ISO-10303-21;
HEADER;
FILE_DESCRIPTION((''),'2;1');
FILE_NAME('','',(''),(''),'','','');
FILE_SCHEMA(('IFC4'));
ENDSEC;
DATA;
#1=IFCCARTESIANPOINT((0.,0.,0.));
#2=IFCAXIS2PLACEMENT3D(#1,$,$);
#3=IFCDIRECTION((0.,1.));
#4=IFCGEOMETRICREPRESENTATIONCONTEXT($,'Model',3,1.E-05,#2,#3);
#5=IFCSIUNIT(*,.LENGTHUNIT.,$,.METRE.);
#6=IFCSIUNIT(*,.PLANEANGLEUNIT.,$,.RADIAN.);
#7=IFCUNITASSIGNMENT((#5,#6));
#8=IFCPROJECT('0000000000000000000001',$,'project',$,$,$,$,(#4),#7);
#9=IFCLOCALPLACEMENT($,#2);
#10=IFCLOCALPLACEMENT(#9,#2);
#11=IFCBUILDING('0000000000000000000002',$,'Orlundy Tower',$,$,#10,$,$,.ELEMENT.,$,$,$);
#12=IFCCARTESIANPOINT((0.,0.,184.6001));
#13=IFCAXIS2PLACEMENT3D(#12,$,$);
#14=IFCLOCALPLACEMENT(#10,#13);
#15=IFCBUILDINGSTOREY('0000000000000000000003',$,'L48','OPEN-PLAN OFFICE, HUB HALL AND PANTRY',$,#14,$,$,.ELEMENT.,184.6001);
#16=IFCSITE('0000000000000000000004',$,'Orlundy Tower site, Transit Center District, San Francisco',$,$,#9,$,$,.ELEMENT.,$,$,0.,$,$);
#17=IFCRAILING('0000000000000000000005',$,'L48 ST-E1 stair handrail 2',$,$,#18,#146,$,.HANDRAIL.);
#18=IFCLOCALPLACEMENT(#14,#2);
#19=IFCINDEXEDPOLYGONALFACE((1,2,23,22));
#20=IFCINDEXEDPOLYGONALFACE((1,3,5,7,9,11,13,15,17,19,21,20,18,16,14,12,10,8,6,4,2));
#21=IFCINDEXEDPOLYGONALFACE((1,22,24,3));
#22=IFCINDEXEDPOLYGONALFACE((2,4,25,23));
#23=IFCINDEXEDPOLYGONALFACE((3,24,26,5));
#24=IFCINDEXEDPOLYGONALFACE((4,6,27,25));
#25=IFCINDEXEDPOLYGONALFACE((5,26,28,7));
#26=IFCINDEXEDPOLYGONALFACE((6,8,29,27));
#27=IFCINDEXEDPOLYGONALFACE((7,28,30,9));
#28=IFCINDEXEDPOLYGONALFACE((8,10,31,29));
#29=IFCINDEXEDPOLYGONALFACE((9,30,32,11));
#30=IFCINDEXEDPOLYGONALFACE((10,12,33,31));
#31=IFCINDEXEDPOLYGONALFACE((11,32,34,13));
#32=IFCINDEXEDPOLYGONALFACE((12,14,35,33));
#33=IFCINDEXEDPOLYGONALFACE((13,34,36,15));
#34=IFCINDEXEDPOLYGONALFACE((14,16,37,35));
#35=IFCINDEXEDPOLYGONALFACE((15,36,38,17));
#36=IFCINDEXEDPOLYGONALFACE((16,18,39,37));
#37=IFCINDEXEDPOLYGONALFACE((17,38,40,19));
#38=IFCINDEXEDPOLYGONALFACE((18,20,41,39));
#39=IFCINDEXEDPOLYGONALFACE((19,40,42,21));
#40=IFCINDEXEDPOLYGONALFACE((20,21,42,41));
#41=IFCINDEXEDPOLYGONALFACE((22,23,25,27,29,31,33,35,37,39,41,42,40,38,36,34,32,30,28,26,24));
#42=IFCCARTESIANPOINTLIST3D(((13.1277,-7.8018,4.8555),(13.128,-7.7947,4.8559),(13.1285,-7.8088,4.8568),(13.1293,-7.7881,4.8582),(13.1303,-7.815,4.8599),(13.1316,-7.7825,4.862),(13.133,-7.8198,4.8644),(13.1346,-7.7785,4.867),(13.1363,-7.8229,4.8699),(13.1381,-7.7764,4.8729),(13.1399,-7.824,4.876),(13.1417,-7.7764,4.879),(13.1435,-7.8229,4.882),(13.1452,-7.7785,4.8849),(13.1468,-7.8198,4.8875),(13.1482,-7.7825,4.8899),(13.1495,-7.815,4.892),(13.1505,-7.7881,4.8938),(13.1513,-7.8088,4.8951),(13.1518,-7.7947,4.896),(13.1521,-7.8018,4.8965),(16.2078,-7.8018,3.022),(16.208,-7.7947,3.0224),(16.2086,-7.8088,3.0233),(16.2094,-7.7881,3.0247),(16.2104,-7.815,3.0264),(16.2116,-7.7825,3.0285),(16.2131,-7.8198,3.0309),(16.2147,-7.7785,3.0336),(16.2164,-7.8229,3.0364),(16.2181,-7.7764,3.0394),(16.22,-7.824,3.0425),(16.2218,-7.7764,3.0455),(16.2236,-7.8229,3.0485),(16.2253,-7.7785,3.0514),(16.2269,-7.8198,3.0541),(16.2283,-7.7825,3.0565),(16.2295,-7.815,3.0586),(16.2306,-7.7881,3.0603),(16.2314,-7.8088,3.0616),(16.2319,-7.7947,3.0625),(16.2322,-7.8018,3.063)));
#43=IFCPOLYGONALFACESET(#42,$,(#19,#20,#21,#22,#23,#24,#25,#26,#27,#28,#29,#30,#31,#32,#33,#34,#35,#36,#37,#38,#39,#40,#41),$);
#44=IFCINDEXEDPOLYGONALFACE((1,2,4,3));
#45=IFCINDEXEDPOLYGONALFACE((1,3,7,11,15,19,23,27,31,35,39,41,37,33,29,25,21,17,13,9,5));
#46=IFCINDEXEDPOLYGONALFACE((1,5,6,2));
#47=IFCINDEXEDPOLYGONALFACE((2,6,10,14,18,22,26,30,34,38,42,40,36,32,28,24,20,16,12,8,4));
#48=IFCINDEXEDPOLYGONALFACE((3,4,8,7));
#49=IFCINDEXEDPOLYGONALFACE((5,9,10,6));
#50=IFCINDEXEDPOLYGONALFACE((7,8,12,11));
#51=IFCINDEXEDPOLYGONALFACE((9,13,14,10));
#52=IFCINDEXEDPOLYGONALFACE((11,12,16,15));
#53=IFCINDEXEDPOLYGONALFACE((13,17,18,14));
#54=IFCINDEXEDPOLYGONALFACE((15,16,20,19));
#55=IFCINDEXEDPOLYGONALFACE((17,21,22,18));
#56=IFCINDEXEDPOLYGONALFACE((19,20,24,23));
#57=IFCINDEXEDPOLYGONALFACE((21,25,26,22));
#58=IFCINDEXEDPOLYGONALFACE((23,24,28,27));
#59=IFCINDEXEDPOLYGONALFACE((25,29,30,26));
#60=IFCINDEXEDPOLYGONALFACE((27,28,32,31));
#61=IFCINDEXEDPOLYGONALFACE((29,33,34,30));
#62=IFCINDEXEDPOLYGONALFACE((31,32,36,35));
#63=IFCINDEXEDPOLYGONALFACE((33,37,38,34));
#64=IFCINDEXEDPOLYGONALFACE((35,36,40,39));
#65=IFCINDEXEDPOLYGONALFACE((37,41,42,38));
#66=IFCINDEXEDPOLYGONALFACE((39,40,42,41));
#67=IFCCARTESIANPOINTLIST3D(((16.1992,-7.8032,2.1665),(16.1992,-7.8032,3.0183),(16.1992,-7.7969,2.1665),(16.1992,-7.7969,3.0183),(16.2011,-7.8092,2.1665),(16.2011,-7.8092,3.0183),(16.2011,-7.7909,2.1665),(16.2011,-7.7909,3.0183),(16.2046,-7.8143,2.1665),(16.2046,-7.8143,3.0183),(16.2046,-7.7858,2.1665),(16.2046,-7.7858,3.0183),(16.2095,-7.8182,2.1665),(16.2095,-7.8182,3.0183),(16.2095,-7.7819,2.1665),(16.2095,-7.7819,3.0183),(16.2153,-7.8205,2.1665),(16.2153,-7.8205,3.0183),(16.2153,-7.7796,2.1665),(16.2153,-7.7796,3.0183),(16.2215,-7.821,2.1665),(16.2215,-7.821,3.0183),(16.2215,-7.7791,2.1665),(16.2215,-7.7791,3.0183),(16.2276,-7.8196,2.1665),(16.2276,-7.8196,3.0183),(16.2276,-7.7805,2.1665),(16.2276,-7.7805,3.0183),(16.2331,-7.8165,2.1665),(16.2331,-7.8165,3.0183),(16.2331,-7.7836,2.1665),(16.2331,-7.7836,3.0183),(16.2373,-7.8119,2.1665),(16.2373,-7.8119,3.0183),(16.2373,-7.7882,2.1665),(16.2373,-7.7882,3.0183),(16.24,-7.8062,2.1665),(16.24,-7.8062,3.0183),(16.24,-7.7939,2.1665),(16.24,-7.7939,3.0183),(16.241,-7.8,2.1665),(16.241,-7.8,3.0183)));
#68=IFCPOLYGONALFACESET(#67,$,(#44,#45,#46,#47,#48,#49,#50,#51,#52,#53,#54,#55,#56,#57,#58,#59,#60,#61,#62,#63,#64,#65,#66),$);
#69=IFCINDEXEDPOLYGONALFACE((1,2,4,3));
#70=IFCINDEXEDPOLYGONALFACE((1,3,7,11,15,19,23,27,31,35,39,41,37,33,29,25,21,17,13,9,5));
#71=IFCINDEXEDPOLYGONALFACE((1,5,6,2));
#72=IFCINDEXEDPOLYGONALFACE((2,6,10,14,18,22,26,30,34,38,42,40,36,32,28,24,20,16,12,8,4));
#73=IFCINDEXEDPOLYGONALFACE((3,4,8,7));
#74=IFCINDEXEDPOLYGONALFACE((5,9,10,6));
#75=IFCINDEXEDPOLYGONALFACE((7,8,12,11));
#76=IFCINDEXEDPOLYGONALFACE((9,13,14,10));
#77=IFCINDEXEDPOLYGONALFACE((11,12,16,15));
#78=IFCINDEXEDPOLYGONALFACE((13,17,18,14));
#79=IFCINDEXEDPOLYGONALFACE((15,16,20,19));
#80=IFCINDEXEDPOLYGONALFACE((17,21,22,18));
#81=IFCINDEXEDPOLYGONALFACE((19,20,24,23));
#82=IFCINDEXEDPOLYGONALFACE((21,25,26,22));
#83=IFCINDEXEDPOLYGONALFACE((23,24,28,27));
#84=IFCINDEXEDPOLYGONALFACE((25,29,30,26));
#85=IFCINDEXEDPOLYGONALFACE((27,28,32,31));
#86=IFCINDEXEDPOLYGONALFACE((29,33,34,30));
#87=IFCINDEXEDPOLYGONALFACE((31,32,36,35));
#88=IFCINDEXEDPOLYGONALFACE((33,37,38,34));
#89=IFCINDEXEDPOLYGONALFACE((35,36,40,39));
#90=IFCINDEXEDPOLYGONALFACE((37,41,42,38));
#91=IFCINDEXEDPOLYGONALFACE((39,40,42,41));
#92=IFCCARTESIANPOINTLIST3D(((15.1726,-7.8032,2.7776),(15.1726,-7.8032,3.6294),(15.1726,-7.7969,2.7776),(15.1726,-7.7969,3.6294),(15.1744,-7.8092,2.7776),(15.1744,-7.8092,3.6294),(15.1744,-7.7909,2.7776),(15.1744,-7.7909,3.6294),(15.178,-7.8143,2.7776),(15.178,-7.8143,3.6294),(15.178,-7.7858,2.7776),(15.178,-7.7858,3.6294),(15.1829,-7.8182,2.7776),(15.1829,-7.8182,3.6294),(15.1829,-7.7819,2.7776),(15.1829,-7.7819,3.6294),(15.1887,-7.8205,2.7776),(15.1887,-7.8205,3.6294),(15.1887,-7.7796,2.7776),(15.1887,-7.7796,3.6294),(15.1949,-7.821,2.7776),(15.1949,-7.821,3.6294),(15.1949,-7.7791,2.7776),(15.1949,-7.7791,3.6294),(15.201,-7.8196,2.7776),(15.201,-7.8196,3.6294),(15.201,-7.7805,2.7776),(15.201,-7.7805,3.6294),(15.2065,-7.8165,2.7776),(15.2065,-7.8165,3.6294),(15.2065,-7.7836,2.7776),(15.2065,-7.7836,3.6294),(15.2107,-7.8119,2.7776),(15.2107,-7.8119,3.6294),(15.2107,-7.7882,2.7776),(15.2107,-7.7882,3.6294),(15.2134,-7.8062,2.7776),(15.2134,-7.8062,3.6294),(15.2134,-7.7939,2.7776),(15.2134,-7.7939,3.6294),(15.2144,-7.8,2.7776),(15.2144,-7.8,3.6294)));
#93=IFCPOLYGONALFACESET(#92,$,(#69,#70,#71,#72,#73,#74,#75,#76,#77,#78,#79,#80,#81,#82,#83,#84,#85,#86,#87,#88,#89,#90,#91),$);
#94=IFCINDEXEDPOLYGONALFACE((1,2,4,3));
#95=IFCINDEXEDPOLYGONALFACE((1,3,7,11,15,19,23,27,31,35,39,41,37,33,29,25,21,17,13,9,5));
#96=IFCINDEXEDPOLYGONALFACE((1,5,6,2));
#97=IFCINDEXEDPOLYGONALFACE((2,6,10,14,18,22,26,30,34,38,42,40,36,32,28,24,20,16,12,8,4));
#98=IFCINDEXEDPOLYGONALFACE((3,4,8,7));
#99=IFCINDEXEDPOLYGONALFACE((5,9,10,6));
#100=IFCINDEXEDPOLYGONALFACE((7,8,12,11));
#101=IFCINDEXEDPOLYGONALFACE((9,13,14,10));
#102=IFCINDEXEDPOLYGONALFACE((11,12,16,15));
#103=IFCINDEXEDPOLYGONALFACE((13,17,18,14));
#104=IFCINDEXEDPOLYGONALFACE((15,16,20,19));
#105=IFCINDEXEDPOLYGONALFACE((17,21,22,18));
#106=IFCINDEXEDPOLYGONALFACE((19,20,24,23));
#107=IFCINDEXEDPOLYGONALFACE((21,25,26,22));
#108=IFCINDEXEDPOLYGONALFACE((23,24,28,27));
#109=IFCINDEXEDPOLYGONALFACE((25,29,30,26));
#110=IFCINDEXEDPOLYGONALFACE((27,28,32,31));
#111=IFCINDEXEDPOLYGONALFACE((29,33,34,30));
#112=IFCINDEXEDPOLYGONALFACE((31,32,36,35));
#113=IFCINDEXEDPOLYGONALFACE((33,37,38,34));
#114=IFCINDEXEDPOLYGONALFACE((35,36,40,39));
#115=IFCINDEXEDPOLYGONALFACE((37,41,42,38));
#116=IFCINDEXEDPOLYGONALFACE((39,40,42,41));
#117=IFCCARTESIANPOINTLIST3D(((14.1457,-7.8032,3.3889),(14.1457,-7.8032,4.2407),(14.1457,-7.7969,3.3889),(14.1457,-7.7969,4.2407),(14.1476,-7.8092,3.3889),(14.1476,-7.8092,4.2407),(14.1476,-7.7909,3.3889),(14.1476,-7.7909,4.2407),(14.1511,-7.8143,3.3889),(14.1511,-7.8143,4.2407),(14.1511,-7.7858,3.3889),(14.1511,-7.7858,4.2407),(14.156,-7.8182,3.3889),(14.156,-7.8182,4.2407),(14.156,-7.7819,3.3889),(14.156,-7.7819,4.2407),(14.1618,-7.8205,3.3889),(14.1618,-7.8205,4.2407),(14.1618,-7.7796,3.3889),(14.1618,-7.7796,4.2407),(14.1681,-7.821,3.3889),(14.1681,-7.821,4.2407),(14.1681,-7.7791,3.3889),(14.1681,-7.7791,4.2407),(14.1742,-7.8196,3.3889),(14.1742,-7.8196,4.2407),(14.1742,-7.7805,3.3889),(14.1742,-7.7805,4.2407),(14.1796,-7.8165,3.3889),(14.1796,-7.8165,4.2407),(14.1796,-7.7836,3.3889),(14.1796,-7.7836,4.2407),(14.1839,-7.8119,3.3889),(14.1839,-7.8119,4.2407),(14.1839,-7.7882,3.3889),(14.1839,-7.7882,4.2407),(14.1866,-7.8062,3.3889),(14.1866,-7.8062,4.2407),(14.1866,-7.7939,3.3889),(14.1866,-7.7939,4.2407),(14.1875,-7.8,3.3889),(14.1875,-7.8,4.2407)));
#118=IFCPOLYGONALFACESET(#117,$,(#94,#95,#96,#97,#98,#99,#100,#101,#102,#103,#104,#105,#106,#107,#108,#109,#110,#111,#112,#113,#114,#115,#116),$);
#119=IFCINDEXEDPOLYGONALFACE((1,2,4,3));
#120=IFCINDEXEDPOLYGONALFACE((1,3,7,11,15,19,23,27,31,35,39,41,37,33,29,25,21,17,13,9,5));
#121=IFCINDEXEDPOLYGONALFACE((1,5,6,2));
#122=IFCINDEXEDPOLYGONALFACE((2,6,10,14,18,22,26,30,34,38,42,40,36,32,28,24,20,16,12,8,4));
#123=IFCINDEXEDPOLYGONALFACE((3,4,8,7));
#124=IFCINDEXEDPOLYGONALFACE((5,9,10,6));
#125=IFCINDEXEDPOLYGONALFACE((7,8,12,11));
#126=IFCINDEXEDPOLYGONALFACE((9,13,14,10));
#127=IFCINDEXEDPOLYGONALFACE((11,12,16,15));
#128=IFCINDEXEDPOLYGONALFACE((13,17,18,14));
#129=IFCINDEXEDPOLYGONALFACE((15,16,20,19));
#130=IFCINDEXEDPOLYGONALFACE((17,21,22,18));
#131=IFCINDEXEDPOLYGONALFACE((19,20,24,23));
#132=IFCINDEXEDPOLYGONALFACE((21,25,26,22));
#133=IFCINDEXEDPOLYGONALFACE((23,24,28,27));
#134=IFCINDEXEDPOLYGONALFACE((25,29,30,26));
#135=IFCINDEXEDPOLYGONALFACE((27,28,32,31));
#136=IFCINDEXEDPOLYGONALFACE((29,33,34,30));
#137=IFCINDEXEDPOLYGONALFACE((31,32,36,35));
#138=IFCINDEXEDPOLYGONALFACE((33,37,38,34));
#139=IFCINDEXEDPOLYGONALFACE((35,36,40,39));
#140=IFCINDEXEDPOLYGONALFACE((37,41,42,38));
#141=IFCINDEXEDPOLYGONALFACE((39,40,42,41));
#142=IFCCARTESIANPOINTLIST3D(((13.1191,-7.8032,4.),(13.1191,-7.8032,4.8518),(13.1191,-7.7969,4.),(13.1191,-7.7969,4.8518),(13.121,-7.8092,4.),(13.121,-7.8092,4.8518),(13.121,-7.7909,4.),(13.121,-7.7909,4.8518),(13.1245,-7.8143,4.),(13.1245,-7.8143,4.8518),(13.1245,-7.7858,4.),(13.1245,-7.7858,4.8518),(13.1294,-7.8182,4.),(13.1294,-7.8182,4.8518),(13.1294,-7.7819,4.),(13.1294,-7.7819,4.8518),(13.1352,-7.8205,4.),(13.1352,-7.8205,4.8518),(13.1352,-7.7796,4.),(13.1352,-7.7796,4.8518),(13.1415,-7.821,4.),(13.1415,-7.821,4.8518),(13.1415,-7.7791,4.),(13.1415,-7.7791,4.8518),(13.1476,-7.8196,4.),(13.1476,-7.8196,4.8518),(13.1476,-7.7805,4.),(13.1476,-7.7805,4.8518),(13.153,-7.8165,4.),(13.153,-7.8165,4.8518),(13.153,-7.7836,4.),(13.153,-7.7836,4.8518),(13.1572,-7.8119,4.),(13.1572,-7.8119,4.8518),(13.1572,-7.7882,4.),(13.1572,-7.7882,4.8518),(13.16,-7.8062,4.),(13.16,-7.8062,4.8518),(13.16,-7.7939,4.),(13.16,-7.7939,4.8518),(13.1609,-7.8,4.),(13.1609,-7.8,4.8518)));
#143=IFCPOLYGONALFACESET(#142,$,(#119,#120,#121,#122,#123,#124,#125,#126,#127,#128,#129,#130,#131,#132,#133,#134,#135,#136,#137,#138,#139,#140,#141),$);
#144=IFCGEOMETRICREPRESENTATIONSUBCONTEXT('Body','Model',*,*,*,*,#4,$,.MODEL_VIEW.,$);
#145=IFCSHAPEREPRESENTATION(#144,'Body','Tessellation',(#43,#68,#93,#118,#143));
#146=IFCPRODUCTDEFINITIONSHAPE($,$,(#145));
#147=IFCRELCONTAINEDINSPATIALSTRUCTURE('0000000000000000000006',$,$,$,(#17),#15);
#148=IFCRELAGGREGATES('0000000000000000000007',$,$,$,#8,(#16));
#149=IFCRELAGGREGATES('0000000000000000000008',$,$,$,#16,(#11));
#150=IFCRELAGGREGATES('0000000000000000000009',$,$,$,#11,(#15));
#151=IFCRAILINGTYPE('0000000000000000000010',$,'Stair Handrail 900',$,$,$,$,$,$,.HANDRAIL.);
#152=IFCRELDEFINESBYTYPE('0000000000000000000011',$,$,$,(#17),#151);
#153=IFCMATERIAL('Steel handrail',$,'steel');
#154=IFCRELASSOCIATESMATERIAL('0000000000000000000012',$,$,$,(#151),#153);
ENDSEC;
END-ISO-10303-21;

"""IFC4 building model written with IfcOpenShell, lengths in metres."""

from ifc_helpers import new_model, si_unit, direction, frame, origin, origin_2d, place, context, subcontext, project, spatial, circle, extrude, material, type_object, element, save


model = new_model("IFC4")

# Units and contexts
model_context = context("Model", 3, precision=1e-05, world=origin(), true_north=direction((0.0, 1.0)))
body_context = subcontext(model_context, "Body", "Model", "MODEL_VIEW")
ifc_project = project(units=[si_unit("LENGTHUNIT", "METRE"), si_unit("PLANEANGLEUNIT", "RADIAN")], contexts=[model_context])

# Site, building, storey
site_placement = place(None, origin())
site = spatial("IfcSite", under=ifc_project, at=site_placement, Name="Orlundy Tower site, Transit Center District, San Francisco", CompositionType="ELEMENT", RefElevation=0.0)
building_placement = place(site_placement, origin())
building = spatial("IfcBuilding", under=site, at=building_placement, Name="Orlundy Tower", CompositionType="ELEMENT")
storey_placement = place(building_placement, frame((0.0, 0.0, 184.6001)))
storey = spatial("IfcBuildingStorey", under=building, at=storey_placement, Name="L48", Description="OPEN-PLAN OFFICE, HUB HALL AND PANTRY", CompositionType="ELEMENT", Elevation=184.6001)

# Railing
ifc_material_1 = material(Name="Steel handrail", Category="steel")
railing_type_1 = type_object("IfcRailingType", Name="Stair Handrail 900", PredefinedType="HANDRAIL", material=ifc_material_1)
railing_1_placement = place(storey_placement, frame((16.22, -7.8, 2.1665)))
element("IfcRailing", 1, at=railing_1_placement, inside=storey, type_object=railing_type_1, Name="L48 ST-E1 stair handrail 2", PredefinedType="HANDRAIL", context=body_context, shape_type="SweptSolid", body=[
    extrude(circle(Radius=0.0239, at=origin_2d()), frame((0.0, 0.0, 0.876), z_axis=(-0.859279, 0.0, 0.511508), x_axis=(0.0, -1.0, 0.0)), (0.0, 0.0, 1.0), 3.5845),
    extrude(circle(Radius=0.021, at=origin_2d()), origin(), (0.0, 0.0, 1.0), 0.8518),
    extrude(circle(Radius=0.021, at=origin_2d()), frame((-1.0266, 0.0, 0.6111)), (0.0, 0.0, 1.0), 0.8518),
    extrude(circle(Radius=0.021, at=origin_2d()), frame((-2.0535, 0.0, 1.2224)), (0.0, 0.0, 1.0), 0.8518),
    extrude(circle(Radius=0.021, at=origin_2d()), frame((-3.0801, 0.0, 1.8335)), (0.0, 0.0, 1.0), 0.8518),
])

save(model, "model.ifc")
